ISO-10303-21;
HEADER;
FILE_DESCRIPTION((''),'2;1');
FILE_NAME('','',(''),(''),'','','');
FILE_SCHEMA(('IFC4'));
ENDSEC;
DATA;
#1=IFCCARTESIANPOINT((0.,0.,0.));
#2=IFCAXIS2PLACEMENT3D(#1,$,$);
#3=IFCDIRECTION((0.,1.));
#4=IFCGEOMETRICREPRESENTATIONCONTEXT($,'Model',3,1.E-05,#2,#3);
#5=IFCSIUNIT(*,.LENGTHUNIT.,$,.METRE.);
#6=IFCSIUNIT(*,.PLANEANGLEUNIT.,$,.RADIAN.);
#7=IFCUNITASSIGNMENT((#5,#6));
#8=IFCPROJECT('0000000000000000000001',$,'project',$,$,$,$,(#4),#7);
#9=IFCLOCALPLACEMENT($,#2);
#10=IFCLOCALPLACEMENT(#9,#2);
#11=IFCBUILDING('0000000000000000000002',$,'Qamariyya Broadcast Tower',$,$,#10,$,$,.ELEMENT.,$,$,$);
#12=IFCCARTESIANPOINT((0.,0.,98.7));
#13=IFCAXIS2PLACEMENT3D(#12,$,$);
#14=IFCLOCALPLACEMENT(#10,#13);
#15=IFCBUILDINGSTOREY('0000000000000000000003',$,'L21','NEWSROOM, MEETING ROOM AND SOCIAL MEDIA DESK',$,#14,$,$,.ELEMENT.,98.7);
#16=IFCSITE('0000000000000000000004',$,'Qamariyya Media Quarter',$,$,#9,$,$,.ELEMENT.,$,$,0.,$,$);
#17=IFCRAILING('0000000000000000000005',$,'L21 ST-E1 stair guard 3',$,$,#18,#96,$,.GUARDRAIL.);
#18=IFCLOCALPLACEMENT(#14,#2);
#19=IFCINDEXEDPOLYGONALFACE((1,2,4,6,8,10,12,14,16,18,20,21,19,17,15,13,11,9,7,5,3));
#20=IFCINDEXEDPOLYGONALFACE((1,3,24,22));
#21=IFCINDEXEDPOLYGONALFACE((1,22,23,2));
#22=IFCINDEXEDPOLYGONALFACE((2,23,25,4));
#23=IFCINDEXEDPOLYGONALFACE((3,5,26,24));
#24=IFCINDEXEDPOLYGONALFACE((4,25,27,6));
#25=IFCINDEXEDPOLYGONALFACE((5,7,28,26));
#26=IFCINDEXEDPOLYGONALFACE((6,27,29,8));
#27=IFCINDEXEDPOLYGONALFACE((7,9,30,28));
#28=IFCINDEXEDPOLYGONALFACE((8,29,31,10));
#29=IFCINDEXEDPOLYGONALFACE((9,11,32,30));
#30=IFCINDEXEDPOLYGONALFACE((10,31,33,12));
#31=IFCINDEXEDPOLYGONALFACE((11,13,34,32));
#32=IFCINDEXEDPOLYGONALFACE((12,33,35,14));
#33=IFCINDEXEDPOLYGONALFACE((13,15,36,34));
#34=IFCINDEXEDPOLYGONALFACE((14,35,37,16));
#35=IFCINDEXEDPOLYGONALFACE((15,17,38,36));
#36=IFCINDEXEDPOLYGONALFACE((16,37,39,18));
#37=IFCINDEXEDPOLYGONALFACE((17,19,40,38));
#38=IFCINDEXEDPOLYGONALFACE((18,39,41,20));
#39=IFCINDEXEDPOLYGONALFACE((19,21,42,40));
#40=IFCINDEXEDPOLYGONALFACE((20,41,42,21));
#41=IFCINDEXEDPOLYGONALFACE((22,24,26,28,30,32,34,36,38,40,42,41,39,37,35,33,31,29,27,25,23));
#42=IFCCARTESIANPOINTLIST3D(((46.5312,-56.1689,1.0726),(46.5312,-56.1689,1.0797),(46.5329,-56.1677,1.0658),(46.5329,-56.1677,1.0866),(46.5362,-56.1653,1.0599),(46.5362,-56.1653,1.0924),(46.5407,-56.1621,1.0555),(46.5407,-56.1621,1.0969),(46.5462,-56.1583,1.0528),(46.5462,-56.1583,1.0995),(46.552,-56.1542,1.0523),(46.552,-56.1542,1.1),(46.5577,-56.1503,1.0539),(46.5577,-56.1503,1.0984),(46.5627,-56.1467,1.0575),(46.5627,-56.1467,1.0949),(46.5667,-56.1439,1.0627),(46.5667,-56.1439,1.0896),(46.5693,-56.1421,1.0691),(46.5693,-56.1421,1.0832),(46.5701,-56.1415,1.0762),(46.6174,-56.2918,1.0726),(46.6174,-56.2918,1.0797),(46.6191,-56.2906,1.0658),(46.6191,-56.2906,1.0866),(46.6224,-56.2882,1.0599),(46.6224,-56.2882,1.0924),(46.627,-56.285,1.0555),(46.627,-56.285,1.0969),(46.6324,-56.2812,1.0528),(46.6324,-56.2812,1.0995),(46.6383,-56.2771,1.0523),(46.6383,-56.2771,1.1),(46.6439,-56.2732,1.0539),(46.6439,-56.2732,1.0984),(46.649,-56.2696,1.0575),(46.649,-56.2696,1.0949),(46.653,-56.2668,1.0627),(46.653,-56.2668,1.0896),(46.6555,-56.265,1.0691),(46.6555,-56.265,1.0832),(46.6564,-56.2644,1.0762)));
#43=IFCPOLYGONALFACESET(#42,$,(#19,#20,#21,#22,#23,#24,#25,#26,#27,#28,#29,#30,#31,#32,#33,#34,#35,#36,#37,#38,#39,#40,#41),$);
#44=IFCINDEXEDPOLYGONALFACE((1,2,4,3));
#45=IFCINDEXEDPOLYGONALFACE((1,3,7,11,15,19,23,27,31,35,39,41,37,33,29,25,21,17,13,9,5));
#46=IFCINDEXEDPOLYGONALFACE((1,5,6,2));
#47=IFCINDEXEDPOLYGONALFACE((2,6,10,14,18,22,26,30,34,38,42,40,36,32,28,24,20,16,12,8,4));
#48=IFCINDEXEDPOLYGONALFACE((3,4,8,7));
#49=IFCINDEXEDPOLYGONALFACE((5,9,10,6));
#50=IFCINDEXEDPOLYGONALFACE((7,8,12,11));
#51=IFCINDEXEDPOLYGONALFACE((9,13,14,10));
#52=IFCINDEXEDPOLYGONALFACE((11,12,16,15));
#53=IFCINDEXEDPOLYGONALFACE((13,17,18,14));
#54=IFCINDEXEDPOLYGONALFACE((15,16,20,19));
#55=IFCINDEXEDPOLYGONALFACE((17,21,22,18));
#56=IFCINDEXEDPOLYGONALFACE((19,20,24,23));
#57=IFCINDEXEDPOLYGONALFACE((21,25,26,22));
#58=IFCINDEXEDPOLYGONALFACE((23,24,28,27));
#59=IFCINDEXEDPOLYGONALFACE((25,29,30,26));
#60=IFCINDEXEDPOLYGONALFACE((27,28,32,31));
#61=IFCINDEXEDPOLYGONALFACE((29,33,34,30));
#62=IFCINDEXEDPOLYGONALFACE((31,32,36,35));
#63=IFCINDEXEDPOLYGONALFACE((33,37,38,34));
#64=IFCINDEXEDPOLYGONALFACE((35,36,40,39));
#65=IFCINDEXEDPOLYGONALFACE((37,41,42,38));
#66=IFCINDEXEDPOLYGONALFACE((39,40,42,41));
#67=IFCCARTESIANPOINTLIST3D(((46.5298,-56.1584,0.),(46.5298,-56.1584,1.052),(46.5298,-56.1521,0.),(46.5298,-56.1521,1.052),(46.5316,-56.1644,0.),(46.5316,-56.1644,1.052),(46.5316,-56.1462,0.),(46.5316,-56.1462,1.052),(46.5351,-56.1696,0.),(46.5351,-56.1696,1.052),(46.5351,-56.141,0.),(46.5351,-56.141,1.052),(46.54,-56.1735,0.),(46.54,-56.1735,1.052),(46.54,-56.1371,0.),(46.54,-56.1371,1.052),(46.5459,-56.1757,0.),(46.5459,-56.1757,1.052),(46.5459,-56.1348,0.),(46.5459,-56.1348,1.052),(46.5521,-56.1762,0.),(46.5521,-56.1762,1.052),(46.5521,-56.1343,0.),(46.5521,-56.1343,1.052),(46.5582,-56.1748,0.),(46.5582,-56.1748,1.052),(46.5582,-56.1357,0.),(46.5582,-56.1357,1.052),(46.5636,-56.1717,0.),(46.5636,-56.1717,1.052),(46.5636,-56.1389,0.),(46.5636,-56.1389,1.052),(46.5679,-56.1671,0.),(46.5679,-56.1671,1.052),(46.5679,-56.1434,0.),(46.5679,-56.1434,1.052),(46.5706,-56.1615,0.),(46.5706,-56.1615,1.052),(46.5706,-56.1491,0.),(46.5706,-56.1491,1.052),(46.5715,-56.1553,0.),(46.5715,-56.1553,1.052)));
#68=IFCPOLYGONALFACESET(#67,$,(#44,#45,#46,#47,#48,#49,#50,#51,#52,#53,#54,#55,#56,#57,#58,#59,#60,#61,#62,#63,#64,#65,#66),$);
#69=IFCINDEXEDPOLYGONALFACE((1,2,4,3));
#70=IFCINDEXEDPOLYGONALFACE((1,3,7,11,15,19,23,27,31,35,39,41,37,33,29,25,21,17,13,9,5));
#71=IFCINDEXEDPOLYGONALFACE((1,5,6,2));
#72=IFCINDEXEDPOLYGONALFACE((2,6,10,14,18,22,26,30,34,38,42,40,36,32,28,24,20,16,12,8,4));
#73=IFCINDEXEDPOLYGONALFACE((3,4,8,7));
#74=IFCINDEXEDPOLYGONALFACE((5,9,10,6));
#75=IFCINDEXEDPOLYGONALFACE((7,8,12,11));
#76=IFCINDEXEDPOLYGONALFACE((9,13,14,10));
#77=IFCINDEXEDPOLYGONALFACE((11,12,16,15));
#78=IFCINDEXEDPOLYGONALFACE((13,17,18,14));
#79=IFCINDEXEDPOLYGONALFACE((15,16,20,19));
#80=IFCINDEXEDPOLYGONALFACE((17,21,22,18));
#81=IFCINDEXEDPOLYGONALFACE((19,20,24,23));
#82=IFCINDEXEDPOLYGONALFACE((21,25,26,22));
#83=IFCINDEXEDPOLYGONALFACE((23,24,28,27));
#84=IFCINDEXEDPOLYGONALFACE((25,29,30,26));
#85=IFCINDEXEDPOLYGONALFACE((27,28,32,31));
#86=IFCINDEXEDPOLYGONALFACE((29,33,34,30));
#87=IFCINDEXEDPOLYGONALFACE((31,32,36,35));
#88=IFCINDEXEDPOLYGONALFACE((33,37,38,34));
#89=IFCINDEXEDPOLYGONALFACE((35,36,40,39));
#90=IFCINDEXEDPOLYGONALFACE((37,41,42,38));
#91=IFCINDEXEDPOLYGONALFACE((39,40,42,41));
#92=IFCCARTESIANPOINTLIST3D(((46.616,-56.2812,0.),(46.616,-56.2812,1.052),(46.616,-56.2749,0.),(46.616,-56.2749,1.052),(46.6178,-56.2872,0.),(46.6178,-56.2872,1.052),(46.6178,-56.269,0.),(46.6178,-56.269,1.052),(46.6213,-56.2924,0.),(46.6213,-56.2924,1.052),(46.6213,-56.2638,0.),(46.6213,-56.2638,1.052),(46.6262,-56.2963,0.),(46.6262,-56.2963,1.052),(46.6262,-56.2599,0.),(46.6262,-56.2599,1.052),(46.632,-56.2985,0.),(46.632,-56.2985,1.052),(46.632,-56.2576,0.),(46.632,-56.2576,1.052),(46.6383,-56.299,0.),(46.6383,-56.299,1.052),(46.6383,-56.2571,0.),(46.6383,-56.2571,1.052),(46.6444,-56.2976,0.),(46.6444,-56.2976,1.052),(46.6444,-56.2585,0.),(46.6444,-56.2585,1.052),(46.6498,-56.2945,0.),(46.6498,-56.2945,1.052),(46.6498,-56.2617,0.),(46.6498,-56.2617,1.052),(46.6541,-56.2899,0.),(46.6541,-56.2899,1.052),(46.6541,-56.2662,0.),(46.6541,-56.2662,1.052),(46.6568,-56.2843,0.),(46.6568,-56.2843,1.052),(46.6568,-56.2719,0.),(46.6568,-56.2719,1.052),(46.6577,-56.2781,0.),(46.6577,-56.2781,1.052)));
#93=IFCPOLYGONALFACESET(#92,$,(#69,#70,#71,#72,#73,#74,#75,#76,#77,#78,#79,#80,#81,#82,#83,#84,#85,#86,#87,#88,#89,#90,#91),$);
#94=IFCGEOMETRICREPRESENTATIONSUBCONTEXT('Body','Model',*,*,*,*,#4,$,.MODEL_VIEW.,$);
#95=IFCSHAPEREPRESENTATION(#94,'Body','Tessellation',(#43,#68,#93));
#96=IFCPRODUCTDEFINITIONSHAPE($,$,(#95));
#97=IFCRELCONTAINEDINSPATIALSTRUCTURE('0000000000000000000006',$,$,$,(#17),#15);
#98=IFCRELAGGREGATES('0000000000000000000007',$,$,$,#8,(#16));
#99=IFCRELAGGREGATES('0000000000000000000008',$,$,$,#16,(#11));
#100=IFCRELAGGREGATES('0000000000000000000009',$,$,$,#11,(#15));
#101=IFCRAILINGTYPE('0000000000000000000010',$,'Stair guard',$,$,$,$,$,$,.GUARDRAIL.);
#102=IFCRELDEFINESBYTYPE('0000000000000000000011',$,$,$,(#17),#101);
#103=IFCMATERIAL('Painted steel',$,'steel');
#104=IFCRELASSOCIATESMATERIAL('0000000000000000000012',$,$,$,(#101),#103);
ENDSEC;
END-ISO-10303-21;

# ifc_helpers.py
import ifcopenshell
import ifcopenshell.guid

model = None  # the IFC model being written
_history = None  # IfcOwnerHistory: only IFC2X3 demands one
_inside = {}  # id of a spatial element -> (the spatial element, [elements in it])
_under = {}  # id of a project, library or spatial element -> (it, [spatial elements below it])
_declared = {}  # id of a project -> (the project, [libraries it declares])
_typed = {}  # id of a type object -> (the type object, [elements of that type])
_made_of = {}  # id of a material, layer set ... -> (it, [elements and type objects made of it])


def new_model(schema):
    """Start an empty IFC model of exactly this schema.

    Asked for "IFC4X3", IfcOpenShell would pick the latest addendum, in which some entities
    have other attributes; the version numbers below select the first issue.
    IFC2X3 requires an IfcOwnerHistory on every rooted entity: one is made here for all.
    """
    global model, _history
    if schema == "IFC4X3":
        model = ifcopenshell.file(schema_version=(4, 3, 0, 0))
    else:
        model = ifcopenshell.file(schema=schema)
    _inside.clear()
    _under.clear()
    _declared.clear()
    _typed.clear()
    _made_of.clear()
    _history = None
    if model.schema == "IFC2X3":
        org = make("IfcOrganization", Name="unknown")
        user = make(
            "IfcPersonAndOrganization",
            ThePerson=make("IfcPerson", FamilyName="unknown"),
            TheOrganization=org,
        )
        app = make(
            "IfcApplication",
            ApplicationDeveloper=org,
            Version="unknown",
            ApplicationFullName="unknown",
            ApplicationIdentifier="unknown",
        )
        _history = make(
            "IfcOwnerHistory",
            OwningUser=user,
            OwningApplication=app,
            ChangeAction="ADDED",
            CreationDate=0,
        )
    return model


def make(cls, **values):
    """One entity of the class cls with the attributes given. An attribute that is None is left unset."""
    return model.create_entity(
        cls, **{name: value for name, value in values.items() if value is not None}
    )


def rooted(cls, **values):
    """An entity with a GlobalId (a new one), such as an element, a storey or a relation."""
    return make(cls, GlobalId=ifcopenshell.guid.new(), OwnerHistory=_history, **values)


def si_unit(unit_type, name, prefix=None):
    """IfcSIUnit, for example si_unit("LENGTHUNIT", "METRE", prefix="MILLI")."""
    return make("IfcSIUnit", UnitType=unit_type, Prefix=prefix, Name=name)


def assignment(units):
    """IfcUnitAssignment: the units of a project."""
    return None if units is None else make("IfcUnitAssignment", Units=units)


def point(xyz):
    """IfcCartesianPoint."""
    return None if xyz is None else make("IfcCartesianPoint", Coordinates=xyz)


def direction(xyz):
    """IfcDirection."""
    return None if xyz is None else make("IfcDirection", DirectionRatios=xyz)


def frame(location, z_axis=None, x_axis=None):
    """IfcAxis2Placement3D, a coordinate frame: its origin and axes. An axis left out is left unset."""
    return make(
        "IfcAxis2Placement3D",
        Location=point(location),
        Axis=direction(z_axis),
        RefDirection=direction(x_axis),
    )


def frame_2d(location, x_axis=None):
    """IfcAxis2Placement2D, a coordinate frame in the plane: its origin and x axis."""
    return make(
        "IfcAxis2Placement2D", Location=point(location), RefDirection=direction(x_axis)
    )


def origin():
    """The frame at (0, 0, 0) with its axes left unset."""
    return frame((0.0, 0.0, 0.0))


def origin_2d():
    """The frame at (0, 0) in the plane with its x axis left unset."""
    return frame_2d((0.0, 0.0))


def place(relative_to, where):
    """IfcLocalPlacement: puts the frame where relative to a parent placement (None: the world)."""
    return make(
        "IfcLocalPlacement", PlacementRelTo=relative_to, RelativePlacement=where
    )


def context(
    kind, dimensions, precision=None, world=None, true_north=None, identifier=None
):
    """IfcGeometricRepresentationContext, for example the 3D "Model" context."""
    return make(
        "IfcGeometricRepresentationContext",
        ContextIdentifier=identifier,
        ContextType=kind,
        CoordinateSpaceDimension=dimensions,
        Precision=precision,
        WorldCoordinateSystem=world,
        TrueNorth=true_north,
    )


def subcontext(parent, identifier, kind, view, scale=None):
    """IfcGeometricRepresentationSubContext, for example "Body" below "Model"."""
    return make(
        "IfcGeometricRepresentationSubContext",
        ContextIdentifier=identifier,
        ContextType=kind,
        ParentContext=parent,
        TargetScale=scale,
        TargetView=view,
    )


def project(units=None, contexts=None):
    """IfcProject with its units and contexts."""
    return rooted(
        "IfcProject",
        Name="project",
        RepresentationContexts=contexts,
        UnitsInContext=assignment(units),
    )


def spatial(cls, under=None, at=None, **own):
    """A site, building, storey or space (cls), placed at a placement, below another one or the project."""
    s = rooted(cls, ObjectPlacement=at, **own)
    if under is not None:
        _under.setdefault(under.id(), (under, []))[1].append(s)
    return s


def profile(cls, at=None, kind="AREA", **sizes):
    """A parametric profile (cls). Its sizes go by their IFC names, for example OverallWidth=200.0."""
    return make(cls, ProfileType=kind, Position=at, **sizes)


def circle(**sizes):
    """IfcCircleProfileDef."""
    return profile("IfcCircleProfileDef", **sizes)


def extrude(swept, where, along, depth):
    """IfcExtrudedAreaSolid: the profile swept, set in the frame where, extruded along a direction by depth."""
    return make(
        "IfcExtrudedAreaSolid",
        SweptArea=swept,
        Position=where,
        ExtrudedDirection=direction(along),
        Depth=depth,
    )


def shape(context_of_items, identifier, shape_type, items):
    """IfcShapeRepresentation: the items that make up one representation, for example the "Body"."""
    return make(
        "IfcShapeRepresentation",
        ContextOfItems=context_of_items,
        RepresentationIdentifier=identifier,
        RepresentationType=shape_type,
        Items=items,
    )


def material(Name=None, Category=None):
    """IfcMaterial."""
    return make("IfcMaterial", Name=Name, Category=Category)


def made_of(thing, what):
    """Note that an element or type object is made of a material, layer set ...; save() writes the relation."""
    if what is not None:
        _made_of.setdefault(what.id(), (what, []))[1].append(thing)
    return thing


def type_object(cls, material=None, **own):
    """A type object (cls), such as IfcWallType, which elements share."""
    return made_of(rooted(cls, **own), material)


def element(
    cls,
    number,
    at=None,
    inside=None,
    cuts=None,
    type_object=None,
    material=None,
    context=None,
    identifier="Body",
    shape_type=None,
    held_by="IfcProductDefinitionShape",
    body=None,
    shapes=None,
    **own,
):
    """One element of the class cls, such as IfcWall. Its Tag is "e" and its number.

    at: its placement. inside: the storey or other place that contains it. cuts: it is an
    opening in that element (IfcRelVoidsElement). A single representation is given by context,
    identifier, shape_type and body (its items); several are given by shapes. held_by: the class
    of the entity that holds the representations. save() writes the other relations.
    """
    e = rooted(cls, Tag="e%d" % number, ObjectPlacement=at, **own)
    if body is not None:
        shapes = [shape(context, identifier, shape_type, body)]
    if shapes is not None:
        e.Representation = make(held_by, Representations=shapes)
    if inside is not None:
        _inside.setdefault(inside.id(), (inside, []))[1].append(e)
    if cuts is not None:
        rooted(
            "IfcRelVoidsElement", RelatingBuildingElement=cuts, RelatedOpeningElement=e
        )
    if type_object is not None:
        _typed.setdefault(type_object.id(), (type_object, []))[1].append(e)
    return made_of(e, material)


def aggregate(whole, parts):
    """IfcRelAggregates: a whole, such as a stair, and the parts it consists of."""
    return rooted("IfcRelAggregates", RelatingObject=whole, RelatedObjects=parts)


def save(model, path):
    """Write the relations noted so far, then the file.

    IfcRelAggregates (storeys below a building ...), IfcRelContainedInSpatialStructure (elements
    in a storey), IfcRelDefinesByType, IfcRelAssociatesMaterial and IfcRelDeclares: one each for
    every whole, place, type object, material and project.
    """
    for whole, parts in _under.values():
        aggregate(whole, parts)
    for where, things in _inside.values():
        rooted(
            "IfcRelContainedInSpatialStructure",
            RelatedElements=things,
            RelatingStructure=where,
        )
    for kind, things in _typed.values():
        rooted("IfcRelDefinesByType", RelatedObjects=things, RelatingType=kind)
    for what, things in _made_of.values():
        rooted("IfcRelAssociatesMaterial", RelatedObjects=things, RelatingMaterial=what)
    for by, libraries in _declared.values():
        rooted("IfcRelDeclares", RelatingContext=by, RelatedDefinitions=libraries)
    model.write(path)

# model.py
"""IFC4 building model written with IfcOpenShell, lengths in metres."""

from ifc_helpers import new_model, si_unit, direction, frame, origin, origin_2d, place, context, subcontext, project, spatial, circle, extrude, material, type_object, element, save


model = new_model("IFC4")

# Units and contexts
model_context = context("Model", 3, precision=1e-05, world=origin(), true_north=direction((0.0, 1.0)))
body_context = subcontext(model_context, "Body", "Model", "MODEL_VIEW")
ifc_project = project(units=[si_unit("LENGTHUNIT", "METRE"), si_unit("PLANEANGLEUNIT", "RADIAN")], contexts=[model_context])

# Site, building, storey
site_placement = place(None, origin())
site = spatial("IfcSite", under=ifc_project, at=site_placement, Name="Qamariyya Media Quarter", CompositionType="ELEMENT", RefElevation=0.0)
building_placement = place(site_placement, origin())
building = spatial("IfcBuilding", under=site, at=building_placement, Name="Qamariyya Broadcast Tower", CompositionType="ELEMENT")
storey_placement = place(building_placement, frame((0.0, 0.0, 98.7)))
storey = spatial("IfcBuildingStorey", under=building, at=storey_placement, Name="L21", Description="NEWSROOM, MEETING ROOM AND SOCIAL MEDIA DESK", CompositionType="ELEMENT", Elevation=98.7)

# Railing
ifc_material_1 = material(Name="Painted steel", Category="steel")
railing_type_1 = type_object("IfcRailingType", Name="Stair guard", PredefinedType="GUARDRAIL", material=ifc_material_1)
railing_1_placement = place(storey_placement, frame((46.5505, -56.1553, 0.0)))
element("IfcRailing", 1, at=railing_1_placement, inside=storey, type_object=railing_type_1, Name="L21 ST-E1 stair guard 3", PredefinedType="GUARDRAIL", context=body_context, shape_type="SweptSolid", body=[
    extrude(circle(Radius=0.0239, at=origin_2d()), frame((0.0, 0.0, 1.0762), z_axis=(0.574445, -0.818543, 0.0), x_axis=(0.818543, 0.574445, 0.0)), (0.0, 0.0, 1.0), 0.1501),
    extrude(circle(Radius=0.021, at=origin_2d()), origin(), (0.0, 0.0, 1.0), 1.052),
    extrude(circle(Radius=0.021, at=origin_2d()), frame((0.0862, -0.1228, 0.0)), (0.0, 0.0, 1.0), 1.052),
])

save(model, "model.ifc")
